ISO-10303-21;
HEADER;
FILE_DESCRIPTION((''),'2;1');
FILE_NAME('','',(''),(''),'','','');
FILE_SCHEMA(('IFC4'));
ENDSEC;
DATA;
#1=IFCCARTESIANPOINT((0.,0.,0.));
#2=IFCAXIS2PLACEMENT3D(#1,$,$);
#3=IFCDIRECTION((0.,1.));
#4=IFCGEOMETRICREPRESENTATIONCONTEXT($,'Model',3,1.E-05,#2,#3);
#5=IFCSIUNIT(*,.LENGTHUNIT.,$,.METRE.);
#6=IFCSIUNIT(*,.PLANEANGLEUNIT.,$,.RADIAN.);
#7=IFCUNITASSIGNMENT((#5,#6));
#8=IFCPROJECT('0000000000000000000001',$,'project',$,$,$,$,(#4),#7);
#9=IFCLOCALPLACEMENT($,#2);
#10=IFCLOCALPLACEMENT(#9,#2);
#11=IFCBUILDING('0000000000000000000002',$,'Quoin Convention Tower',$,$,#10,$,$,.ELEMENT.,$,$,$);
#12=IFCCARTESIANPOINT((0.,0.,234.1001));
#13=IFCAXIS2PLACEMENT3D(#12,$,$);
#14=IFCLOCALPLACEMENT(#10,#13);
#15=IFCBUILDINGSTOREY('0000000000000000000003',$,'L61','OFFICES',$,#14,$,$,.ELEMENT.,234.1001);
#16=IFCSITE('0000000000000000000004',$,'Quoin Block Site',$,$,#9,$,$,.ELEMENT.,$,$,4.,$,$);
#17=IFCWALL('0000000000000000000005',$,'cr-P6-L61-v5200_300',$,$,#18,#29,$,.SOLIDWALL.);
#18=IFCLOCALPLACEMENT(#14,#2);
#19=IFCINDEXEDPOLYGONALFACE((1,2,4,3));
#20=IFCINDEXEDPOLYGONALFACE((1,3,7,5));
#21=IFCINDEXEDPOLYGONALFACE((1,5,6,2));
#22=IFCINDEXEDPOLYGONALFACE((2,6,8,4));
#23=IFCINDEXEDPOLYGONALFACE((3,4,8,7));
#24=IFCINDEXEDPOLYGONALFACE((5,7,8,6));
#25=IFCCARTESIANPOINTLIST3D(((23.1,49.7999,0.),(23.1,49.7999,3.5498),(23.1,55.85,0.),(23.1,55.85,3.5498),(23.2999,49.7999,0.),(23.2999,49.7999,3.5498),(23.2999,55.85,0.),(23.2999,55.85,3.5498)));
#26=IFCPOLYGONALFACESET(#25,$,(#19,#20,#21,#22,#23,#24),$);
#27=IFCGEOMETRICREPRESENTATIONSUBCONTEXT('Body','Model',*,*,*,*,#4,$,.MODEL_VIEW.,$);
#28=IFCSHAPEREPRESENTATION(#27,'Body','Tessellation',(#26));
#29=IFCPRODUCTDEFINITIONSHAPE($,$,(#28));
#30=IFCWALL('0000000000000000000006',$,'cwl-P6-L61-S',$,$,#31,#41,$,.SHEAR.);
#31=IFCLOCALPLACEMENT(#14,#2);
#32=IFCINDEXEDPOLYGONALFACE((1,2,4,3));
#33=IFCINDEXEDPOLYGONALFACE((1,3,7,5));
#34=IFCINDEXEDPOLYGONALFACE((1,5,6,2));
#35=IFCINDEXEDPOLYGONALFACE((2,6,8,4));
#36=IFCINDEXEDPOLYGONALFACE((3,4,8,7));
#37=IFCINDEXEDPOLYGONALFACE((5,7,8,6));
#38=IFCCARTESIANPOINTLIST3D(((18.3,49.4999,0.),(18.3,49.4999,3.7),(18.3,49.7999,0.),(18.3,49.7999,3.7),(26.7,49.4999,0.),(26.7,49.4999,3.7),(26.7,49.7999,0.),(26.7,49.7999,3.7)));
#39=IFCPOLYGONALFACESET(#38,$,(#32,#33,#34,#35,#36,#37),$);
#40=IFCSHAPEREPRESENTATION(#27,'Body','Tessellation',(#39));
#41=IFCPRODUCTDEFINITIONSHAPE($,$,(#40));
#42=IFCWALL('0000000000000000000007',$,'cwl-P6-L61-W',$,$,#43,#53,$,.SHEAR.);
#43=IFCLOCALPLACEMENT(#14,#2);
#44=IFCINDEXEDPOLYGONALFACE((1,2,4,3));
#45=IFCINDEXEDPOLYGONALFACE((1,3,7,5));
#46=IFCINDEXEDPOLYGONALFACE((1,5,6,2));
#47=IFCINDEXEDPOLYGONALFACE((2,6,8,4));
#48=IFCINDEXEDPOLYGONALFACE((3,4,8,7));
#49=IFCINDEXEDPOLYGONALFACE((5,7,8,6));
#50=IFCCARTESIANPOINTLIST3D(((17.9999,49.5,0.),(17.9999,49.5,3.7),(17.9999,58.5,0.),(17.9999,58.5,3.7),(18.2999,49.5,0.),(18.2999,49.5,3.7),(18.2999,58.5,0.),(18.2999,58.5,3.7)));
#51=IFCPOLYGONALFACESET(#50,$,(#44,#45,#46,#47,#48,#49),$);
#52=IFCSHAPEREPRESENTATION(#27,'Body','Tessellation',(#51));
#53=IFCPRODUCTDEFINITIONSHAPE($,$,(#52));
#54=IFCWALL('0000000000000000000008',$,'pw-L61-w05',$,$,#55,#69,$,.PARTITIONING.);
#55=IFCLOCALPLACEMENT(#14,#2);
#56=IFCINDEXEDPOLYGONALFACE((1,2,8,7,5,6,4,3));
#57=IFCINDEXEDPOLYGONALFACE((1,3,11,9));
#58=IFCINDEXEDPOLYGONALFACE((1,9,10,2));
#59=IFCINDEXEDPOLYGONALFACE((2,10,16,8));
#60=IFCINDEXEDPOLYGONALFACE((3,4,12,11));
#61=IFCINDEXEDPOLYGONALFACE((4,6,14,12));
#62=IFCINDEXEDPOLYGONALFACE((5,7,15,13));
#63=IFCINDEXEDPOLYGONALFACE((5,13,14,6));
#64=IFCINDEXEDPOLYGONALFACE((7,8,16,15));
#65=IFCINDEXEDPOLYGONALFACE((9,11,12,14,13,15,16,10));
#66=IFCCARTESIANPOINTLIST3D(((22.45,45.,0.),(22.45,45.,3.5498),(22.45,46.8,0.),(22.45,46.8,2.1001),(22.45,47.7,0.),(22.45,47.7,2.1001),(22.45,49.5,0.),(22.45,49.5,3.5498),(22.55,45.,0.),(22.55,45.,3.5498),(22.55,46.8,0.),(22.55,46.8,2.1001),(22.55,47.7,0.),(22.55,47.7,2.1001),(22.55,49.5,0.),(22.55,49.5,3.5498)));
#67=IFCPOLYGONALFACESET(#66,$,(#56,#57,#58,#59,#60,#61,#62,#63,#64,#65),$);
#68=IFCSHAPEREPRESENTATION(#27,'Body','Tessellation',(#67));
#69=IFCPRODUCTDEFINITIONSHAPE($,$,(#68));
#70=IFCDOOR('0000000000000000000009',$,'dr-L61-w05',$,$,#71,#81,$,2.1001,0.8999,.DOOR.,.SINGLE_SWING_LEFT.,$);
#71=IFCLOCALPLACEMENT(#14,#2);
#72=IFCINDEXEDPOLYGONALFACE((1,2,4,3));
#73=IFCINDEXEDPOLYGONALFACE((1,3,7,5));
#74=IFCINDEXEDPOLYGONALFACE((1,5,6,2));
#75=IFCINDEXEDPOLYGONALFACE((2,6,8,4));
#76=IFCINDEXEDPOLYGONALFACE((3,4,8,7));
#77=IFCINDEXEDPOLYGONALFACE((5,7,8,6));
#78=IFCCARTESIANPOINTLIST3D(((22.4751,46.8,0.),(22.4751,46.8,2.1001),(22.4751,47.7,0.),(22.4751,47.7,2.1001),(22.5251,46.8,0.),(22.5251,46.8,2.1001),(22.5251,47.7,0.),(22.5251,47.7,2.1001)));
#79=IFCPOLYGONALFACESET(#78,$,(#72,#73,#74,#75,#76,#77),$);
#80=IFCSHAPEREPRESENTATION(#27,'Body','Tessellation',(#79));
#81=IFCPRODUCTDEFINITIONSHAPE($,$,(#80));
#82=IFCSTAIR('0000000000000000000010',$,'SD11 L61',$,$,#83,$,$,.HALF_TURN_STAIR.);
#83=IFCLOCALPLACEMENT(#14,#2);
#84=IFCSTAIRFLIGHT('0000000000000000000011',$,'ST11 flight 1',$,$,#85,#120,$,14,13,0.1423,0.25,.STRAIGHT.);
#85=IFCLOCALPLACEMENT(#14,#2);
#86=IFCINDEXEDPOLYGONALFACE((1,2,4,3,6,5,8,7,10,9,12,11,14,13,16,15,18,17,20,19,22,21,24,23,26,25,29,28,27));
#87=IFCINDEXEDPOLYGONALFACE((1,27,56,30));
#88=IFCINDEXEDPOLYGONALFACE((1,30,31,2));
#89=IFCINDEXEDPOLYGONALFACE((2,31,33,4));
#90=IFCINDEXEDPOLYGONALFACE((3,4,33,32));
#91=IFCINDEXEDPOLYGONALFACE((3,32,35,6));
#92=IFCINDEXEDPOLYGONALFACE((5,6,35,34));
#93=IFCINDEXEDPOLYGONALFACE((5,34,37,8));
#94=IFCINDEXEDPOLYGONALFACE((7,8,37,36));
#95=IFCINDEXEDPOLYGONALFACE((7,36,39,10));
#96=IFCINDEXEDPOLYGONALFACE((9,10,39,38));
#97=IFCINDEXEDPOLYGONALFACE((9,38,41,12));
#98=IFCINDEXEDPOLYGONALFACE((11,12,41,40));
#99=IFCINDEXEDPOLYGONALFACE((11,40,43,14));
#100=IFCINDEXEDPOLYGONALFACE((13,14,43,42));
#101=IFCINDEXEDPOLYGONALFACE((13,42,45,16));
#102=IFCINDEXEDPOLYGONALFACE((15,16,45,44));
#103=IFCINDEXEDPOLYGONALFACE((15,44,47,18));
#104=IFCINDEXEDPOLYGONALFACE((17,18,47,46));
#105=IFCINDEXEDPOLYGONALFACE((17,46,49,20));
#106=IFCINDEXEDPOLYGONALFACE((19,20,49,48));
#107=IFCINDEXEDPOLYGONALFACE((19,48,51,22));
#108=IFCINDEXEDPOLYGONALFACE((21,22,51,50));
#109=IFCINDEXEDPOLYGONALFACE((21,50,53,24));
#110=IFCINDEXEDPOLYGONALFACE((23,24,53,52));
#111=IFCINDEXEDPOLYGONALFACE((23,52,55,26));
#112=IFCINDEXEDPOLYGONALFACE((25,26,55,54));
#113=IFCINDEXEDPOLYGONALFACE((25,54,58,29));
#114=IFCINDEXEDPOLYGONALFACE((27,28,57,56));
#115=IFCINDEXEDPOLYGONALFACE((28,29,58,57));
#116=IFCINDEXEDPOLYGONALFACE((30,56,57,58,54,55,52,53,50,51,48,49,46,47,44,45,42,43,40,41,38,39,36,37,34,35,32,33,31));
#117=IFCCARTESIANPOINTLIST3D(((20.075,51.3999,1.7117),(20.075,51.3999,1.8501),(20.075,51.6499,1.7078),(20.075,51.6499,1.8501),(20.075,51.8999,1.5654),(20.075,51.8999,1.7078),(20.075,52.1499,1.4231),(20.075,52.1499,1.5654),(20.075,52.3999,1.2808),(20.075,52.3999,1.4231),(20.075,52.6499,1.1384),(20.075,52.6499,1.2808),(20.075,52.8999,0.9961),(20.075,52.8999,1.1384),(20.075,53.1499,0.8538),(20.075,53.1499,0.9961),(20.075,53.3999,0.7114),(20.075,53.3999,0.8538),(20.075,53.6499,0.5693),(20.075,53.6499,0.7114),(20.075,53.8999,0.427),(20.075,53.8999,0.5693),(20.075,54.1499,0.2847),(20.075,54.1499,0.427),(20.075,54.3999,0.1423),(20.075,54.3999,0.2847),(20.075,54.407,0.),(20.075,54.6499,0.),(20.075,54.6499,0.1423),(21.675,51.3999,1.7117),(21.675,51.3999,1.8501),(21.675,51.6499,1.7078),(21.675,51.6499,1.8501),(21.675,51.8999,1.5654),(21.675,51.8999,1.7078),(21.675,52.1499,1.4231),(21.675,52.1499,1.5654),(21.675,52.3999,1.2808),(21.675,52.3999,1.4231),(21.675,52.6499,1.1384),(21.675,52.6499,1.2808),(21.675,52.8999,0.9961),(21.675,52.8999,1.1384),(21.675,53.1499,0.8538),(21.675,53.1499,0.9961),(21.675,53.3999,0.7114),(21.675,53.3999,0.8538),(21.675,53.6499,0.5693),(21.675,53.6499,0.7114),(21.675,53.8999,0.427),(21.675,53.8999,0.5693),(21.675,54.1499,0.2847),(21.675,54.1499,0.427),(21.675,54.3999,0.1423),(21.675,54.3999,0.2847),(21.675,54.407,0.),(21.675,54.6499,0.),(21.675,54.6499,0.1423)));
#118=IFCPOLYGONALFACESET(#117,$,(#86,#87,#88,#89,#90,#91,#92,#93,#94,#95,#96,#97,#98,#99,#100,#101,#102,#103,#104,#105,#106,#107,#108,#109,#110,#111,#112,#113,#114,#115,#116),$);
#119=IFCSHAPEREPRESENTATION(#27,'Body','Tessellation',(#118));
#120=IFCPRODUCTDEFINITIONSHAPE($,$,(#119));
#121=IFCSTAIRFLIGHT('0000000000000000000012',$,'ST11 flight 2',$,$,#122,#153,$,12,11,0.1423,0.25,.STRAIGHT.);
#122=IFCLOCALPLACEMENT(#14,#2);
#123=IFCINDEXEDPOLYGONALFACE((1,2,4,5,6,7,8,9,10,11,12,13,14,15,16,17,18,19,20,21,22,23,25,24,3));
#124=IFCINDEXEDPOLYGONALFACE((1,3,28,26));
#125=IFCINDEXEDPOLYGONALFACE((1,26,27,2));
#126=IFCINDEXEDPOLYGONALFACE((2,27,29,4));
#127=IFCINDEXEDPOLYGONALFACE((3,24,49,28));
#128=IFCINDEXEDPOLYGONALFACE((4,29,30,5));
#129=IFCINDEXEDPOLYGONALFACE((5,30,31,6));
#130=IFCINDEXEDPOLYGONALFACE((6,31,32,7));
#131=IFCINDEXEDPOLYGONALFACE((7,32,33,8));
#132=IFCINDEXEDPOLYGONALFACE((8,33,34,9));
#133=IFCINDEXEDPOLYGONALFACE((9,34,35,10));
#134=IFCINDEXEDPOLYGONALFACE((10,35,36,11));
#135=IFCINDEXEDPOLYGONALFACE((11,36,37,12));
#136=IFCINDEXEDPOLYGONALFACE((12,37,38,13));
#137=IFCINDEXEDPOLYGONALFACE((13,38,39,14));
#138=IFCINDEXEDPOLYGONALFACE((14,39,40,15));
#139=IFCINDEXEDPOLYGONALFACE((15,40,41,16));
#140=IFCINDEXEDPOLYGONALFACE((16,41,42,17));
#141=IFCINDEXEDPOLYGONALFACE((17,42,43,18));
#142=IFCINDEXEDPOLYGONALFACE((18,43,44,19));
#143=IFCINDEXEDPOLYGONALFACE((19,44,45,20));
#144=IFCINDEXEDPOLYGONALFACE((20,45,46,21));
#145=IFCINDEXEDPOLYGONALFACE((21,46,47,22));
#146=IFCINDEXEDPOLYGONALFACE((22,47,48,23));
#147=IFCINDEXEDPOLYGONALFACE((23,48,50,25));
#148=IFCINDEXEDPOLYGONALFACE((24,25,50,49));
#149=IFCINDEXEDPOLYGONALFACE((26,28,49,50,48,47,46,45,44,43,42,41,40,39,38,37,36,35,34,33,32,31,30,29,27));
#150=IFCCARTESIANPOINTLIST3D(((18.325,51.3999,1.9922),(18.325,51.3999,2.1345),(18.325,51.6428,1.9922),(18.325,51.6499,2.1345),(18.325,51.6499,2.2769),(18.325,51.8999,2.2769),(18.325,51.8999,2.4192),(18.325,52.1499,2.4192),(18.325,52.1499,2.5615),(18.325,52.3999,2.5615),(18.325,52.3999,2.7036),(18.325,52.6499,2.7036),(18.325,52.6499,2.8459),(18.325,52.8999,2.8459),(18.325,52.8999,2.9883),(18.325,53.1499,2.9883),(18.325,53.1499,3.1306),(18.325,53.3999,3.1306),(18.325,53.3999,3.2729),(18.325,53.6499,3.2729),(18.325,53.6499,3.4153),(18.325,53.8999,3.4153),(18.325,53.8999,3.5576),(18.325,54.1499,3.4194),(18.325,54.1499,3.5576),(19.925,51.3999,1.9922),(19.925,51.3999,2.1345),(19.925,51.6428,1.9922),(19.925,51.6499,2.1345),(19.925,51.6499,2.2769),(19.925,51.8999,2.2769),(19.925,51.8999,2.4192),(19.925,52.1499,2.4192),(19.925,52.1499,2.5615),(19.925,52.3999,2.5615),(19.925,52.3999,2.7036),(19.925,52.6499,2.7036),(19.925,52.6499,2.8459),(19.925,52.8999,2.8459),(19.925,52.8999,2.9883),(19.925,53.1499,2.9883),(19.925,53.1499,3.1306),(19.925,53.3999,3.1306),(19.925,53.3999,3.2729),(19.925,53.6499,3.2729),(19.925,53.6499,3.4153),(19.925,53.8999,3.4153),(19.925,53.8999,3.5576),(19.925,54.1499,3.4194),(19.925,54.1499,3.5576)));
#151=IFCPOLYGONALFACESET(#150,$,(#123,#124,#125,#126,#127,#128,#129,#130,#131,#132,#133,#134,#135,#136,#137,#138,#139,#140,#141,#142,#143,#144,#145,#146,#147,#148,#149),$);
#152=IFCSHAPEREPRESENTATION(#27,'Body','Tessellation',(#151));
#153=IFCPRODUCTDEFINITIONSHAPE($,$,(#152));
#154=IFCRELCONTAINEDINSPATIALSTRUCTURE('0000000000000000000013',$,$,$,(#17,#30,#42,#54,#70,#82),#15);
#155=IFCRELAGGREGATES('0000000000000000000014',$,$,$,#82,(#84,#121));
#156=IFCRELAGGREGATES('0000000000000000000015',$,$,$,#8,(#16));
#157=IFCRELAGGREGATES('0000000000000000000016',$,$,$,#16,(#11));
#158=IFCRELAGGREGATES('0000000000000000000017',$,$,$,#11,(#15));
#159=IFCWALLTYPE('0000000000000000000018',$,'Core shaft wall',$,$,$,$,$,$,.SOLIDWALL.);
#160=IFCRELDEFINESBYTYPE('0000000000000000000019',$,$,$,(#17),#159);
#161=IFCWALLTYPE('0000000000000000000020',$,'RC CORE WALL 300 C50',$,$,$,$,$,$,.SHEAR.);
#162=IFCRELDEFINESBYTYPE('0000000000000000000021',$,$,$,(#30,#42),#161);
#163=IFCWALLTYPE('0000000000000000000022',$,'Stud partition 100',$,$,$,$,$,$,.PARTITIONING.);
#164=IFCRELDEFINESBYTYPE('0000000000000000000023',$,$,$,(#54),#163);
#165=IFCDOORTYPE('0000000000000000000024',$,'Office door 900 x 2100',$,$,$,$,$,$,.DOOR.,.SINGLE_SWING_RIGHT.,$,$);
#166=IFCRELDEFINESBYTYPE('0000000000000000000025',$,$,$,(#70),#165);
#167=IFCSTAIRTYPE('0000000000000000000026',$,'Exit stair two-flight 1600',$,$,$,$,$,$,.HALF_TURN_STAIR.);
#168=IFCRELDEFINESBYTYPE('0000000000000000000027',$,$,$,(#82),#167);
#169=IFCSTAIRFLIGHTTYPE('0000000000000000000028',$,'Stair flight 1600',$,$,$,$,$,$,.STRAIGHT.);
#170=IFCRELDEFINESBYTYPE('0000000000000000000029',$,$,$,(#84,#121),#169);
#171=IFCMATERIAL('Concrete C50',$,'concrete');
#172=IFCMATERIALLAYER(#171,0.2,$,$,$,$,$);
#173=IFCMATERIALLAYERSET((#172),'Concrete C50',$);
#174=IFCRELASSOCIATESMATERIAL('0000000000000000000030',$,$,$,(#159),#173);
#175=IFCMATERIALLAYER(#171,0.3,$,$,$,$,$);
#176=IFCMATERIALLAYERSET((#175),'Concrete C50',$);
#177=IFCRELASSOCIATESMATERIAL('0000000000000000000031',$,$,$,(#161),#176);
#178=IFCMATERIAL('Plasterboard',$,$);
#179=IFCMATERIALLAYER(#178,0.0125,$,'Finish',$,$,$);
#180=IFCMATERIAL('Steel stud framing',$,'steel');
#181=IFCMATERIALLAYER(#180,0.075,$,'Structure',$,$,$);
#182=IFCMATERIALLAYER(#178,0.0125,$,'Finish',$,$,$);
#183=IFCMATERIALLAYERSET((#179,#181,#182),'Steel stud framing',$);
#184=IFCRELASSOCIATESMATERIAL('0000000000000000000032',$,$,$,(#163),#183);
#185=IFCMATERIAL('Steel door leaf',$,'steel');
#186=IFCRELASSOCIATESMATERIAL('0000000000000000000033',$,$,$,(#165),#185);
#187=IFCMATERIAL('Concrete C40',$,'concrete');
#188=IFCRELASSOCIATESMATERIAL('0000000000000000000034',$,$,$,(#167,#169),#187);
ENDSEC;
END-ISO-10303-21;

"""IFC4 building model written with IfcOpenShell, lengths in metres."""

from ifc_helpers import new_model, si_unit, direction, frame, frame_2d, origin, place, context, subcontext, project, spatial, polyline, rectangle, outline, extrude, material, layer, layer_set, type_object, element, fill, aggregate, save


model = new_model("IFC4")

# Units and contexts
model_context = context("Model", 3, precision=1e-05, world=origin(), true_north=direction((0.0, 1.0)))
body_context = subcontext(model_context, "Body", "Model", "MODEL_VIEW")
ifc_project = project(units=[si_unit("LENGTHUNIT", "METRE"), si_unit("PLANEANGLEUNIT", "RADIAN")], contexts=[model_context])

# Site, building, storey
site_placement = place(None, origin())
site = spatial("IfcSite", under=ifc_project, at=site_placement, Name="Quoin Block Site", CompositionType="ELEMENT", RefElevation=4.0)
building_placement = place(site_placement, origin())
building = spatial("IfcBuilding", under=site, at=building_placement, Name="Quoin Convention Tower", CompositionType="ELEMENT")
storey_placement = place(building_placement, frame((0.0, 0.0, 234.1001)))
storey = spatial("IfcBuildingStorey", under=building, at=storey_placement, Name="L61", Description="OFFICES", CompositionType="ELEMENT", Elevation=234.1001)

# Shared definitions
ifc_material_1 = material(Name="Concrete C50", Category="concrete")

# Shared definitions
ifc_layer_1 = layer(ifc_material_1, 0.2)
ifc_layer_set_1 = layer_set([ifc_layer_1], Name="Concrete C50")
wall_type_1 = type_object("IfcWallType", Name="Core shaft wall", PredefinedType="SOLIDWALL", material=ifc_layer_set_1)

# Shared definitions
ifc_material_2 = material(Name="Steel door leaf", Category="steel")

# Walls
for number, where, z_axis, x_axis, name in (
    (1, (23.2, 49.8, 0.0), (0.0, 0.0, 1.0), (0.0, 1.0, 0.0), "cr-P6-L61-v5200_300"),
):
    element("IfcWall", number, at=place(storey_placement, frame(where, z_axis=z_axis, x_axis=x_axis)), inside=storey, type_object=wall_type_1, Name=name, PredefinedType="SOLIDWALL", context=body_context, shape_type="SweptSolid", body=[
        extrude(rectangle(XDim=6.05, YDim=0.2, at=frame_2d((3.0249, 0.0))), origin(), (0.0, 0.0, 1.0), 3.5498),
    ])
ifc_layer_2 = layer(ifc_material_1, 0.3)
ifc_layer_set_2 = layer_set([ifc_layer_2], Name="Concrete C50")
wall_type_2 = type_object("IfcWallType", Name="RC CORE WALL 300 C50", PredefinedType="SHEAR", material=ifc_layer_set_2)
wall_1_placement = place(storey_placement, frame((18.3, 49.6499, 0.0), z_axis=(0.0, 0.0, 1.0), x_axis=(1.0, 0.0, 0.0)))
element("IfcWall", 2, at=wall_1_placement, inside=storey, type_object=wall_type_2, Name="cwl-P6-L61-S", PredefinedType="SHEAR", context=body_context, shape_type="SweptSolid", body=[
    extrude(rectangle(XDim=8.3999, YDim=0.3, at=frame_2d((4.2, 0.0))), origin(), (0.0, 0.0, 1.0), 3.7),
])
wall_2_placement = place(storey_placement, frame((18.1499, 49.5, 0.0), z_axis=(0.0, 0.0, 1.0), x_axis=(0.0, 1.0, 0.0)))
element("IfcWall", 3, at=wall_2_placement, inside=storey, type_object=wall_type_2, Name="cwl-P6-L61-W", PredefinedType="SHEAR", context=body_context, shape_type="SweptSolid", body=[
    extrude(rectangle(XDim=9.0, YDim=0.3, at=frame_2d((4.5, 0.0))), origin(), (0.0, 0.0, 1.0), 3.7),
])

# Wall, opening, door
ifc_material_3 = material(Name="Plasterboard")
ifc_layer_3 = layer(ifc_material_3, 0.0125, Name="Finish")
ifc_material_4 = material(Name="Steel stud framing", Category="steel")
ifc_layer_4 = layer(ifc_material_4, 0.075, Name="Structure")
ifc_layer_5 = layer(ifc_material_3, 0.0125, Name="Finish")
ifc_layer_set_3 = layer_set([ifc_layer_3, ifc_layer_4, ifc_layer_5], Name="Steel stud framing")
wall_type_3 = type_object("IfcWallType", Name="Stud partition 100", PredefinedType="PARTITIONING", material=ifc_layer_set_3)
wall_3_placement = place(storey_placement, frame((22.5, 49.5, 0.0), z_axis=(0.0, 0.0, 1.0), x_axis=(0.0, -1.0, 0.0)))
wall_3 = element("IfcWall", 4, at=wall_3_placement, inside=storey, type_object=wall_type_3, Name="pw-L61-w05", PredefinedType="PARTITIONING", context=body_context, shape_type="SweptSolid", body=[
    extrude(rectangle(XDim=4.5, YDim=0.1001, at=frame_2d((2.25, 0.0))), origin(), (0.0, 0.0, 1.0), 3.5498),
])
opening_1_placement = place(wall_3_placement, frame((1.8, 0.0, 0.0)))
opening_1 = element("IfcOpeningElement", 5, at=opening_1_placement, cuts=wall_3, PredefinedType="OPENING", context=body_context, shape_type="SweptSolid", body=[
    extrude(rectangle(XDim=0.8999, YDim=2.1001, at=frame_2d((0.45, 1.05))), frame((0.0, 0.0601, 0.0), z_axis=(0.0, -1.0, 0.0), x_axis=(1.0, 0.0, 0.0)), (0.0, 0.0, 1.0), 0.1201),
])
door_type_1 = type_object("IfcDoorType", Name="Office door 900 x 2100", OperationType="SINGLE_SWING_RIGHT", PredefinedType="DOOR", material=ifc_material_2)
door_1_placement = place(opening_1_placement, frame((0.8999, 0.0, 0.0), z_axis=(0.0, 0.0, 1.0), x_axis=(-1.0, 0.0, 0.0)))
door_1 = element("IfcDoor", 6, at=door_1_placement, inside=storey, type_object=door_type_1, Name="dr-L61-w05", OperationType="SINGLE_SWING_LEFT", OverallHeight=2.1001, OverallWidth=0.8999, PredefinedType="DOOR", context=body_context, shape_type="SweptSolid", body=[
    extrude(rectangle(XDim=0.8999, YDim=2.1001, at=frame_2d((0.45, 1.05))), frame((0.0, 0.0249, 0.0), z_axis=(0.0, -1.0, 0.0), x_axis=(1.0, 0.0, 0.0)), (0.0, 0.0, 1.0), 0.05),
])
fill(opening_1, door_1)

# Stair, stair flights
ifc_material_5 = material(Name="Concrete C40", Category="concrete")
stair_type = type_object("IfcStairType", Name="Exit stair two-flight 1600", PredefinedType="HALF_TURN_STAIR", material=ifc_material_5)
stair_1_placement = place(storey_placement, origin())
stair_1 = element("IfcStair", 7, at=stair_1_placement, inside=storey, type_object=stair_type, Name="SD11 L61", PredefinedType="HALF_TURN_STAIR")
stair_flight_type = type_object("IfcStairFlightType", Name="Stair flight 1600", PredefinedType="STRAIGHT", material=ifc_material_5)
stair_flight_1_placement = place(storey_placement, frame((20.875, 54.6499, 0.0), z_axis=(0.0, 0.0, 1.0), x_axis=(0.0, -1.0, 0.0)))
stair_flight_1 = element("IfcStairFlight", 8, at=stair_flight_1_placement, type_object=stair_flight_type, Name="ST11 flight 1", NumberOfRisers=14, NumberOfTreads=13, PredefinedType="STRAIGHT", RiserHeight=0.1423, TreadLength=0.25, context=body_context, shape_type="SweptSolid", body=[
    extrude(outline(polyline([(0.0, 0.0), (0.0, 0.1423), (0.25, 0.1423), (0.25, 0.2847), (0.5, 0.2847), (0.5, 0.427), (0.75, 0.427), (0.75, 0.5693), (1.0, 0.5693), (1.0, 0.7114), (1.25, 0.7114), (1.25, 0.8538), (1.5, 0.8538), (1.5, 0.9961), (1.75, 0.9961), (1.75, 1.1384), (2.0, 1.1384), (2.0, 1.2808), (2.25, 1.2808), (2.25, 1.4231), (2.5, 1.4231), (2.5, 1.5654), (2.75, 1.5654), (2.75, 1.7078), (3.0, 1.7078), (3.0, 1.8501), (3.25, 1.8501), (3.25, 1.9922), (3.25, 1.7117), (0.2429, 0.0), (0.0, 0.0)])), frame((0.0, 0.8, 0.0), z_axis=(0.0, -1.0, 0.0), x_axis=(1.0, 0.0, 0.0)), (0.0, 0.0, 1.0), 1.6001),
])
stair_flight_2_placement = place(storey_placement, frame((19.125, 51.3999, 1.9922), z_axis=(0.0, 0.0, 1.0), x_axis=(0.0, 1.0, 0.0)))
stair_flight_2 = element("IfcStairFlight", 9, at=stair_flight_2_placement, type_object=stair_flight_type, Name="ST11 flight 2", NumberOfRisers=12, NumberOfTreads=11, PredefinedType="STRAIGHT", RiserHeight=0.1423, TreadLength=0.25, context=body_context, shape_type="SweptSolid", body=[
    extrude(outline(polyline([(0.0, 0.0), (0.0, 0.1423), (0.25, 0.1423), (0.25, 0.2847), (0.5, 0.2847), (0.5, 0.427), (0.75, 0.427), (0.75, 0.5693), (1.0, 0.5693), (1.0, 0.7114), (1.25, 0.7114), (1.25, 0.8538), (1.5, 0.8538), (1.5, 0.9961), (1.75, 0.9961), (1.75, 1.1384), (2.0, 1.1384), (2.0, 1.2808), (2.25, 1.2808), (2.25, 1.4231), (2.5, 1.4231), (2.5, 1.5654), (2.75, 1.5654), (2.75, 1.7078), (2.75, 1.4272), (0.2429, 0.0), (0.0, 0.0)])), frame((0.0, 0.8, 0.0), z_axis=(0.0, -1.0, 0.0), x_axis=(1.0, 0.0, 0.0)), (0.0, 0.0, 1.0), 1.6001),
])
aggregate(stair_1, [stair_flight_1, stair_flight_2])

save(model, "model.ifc")
